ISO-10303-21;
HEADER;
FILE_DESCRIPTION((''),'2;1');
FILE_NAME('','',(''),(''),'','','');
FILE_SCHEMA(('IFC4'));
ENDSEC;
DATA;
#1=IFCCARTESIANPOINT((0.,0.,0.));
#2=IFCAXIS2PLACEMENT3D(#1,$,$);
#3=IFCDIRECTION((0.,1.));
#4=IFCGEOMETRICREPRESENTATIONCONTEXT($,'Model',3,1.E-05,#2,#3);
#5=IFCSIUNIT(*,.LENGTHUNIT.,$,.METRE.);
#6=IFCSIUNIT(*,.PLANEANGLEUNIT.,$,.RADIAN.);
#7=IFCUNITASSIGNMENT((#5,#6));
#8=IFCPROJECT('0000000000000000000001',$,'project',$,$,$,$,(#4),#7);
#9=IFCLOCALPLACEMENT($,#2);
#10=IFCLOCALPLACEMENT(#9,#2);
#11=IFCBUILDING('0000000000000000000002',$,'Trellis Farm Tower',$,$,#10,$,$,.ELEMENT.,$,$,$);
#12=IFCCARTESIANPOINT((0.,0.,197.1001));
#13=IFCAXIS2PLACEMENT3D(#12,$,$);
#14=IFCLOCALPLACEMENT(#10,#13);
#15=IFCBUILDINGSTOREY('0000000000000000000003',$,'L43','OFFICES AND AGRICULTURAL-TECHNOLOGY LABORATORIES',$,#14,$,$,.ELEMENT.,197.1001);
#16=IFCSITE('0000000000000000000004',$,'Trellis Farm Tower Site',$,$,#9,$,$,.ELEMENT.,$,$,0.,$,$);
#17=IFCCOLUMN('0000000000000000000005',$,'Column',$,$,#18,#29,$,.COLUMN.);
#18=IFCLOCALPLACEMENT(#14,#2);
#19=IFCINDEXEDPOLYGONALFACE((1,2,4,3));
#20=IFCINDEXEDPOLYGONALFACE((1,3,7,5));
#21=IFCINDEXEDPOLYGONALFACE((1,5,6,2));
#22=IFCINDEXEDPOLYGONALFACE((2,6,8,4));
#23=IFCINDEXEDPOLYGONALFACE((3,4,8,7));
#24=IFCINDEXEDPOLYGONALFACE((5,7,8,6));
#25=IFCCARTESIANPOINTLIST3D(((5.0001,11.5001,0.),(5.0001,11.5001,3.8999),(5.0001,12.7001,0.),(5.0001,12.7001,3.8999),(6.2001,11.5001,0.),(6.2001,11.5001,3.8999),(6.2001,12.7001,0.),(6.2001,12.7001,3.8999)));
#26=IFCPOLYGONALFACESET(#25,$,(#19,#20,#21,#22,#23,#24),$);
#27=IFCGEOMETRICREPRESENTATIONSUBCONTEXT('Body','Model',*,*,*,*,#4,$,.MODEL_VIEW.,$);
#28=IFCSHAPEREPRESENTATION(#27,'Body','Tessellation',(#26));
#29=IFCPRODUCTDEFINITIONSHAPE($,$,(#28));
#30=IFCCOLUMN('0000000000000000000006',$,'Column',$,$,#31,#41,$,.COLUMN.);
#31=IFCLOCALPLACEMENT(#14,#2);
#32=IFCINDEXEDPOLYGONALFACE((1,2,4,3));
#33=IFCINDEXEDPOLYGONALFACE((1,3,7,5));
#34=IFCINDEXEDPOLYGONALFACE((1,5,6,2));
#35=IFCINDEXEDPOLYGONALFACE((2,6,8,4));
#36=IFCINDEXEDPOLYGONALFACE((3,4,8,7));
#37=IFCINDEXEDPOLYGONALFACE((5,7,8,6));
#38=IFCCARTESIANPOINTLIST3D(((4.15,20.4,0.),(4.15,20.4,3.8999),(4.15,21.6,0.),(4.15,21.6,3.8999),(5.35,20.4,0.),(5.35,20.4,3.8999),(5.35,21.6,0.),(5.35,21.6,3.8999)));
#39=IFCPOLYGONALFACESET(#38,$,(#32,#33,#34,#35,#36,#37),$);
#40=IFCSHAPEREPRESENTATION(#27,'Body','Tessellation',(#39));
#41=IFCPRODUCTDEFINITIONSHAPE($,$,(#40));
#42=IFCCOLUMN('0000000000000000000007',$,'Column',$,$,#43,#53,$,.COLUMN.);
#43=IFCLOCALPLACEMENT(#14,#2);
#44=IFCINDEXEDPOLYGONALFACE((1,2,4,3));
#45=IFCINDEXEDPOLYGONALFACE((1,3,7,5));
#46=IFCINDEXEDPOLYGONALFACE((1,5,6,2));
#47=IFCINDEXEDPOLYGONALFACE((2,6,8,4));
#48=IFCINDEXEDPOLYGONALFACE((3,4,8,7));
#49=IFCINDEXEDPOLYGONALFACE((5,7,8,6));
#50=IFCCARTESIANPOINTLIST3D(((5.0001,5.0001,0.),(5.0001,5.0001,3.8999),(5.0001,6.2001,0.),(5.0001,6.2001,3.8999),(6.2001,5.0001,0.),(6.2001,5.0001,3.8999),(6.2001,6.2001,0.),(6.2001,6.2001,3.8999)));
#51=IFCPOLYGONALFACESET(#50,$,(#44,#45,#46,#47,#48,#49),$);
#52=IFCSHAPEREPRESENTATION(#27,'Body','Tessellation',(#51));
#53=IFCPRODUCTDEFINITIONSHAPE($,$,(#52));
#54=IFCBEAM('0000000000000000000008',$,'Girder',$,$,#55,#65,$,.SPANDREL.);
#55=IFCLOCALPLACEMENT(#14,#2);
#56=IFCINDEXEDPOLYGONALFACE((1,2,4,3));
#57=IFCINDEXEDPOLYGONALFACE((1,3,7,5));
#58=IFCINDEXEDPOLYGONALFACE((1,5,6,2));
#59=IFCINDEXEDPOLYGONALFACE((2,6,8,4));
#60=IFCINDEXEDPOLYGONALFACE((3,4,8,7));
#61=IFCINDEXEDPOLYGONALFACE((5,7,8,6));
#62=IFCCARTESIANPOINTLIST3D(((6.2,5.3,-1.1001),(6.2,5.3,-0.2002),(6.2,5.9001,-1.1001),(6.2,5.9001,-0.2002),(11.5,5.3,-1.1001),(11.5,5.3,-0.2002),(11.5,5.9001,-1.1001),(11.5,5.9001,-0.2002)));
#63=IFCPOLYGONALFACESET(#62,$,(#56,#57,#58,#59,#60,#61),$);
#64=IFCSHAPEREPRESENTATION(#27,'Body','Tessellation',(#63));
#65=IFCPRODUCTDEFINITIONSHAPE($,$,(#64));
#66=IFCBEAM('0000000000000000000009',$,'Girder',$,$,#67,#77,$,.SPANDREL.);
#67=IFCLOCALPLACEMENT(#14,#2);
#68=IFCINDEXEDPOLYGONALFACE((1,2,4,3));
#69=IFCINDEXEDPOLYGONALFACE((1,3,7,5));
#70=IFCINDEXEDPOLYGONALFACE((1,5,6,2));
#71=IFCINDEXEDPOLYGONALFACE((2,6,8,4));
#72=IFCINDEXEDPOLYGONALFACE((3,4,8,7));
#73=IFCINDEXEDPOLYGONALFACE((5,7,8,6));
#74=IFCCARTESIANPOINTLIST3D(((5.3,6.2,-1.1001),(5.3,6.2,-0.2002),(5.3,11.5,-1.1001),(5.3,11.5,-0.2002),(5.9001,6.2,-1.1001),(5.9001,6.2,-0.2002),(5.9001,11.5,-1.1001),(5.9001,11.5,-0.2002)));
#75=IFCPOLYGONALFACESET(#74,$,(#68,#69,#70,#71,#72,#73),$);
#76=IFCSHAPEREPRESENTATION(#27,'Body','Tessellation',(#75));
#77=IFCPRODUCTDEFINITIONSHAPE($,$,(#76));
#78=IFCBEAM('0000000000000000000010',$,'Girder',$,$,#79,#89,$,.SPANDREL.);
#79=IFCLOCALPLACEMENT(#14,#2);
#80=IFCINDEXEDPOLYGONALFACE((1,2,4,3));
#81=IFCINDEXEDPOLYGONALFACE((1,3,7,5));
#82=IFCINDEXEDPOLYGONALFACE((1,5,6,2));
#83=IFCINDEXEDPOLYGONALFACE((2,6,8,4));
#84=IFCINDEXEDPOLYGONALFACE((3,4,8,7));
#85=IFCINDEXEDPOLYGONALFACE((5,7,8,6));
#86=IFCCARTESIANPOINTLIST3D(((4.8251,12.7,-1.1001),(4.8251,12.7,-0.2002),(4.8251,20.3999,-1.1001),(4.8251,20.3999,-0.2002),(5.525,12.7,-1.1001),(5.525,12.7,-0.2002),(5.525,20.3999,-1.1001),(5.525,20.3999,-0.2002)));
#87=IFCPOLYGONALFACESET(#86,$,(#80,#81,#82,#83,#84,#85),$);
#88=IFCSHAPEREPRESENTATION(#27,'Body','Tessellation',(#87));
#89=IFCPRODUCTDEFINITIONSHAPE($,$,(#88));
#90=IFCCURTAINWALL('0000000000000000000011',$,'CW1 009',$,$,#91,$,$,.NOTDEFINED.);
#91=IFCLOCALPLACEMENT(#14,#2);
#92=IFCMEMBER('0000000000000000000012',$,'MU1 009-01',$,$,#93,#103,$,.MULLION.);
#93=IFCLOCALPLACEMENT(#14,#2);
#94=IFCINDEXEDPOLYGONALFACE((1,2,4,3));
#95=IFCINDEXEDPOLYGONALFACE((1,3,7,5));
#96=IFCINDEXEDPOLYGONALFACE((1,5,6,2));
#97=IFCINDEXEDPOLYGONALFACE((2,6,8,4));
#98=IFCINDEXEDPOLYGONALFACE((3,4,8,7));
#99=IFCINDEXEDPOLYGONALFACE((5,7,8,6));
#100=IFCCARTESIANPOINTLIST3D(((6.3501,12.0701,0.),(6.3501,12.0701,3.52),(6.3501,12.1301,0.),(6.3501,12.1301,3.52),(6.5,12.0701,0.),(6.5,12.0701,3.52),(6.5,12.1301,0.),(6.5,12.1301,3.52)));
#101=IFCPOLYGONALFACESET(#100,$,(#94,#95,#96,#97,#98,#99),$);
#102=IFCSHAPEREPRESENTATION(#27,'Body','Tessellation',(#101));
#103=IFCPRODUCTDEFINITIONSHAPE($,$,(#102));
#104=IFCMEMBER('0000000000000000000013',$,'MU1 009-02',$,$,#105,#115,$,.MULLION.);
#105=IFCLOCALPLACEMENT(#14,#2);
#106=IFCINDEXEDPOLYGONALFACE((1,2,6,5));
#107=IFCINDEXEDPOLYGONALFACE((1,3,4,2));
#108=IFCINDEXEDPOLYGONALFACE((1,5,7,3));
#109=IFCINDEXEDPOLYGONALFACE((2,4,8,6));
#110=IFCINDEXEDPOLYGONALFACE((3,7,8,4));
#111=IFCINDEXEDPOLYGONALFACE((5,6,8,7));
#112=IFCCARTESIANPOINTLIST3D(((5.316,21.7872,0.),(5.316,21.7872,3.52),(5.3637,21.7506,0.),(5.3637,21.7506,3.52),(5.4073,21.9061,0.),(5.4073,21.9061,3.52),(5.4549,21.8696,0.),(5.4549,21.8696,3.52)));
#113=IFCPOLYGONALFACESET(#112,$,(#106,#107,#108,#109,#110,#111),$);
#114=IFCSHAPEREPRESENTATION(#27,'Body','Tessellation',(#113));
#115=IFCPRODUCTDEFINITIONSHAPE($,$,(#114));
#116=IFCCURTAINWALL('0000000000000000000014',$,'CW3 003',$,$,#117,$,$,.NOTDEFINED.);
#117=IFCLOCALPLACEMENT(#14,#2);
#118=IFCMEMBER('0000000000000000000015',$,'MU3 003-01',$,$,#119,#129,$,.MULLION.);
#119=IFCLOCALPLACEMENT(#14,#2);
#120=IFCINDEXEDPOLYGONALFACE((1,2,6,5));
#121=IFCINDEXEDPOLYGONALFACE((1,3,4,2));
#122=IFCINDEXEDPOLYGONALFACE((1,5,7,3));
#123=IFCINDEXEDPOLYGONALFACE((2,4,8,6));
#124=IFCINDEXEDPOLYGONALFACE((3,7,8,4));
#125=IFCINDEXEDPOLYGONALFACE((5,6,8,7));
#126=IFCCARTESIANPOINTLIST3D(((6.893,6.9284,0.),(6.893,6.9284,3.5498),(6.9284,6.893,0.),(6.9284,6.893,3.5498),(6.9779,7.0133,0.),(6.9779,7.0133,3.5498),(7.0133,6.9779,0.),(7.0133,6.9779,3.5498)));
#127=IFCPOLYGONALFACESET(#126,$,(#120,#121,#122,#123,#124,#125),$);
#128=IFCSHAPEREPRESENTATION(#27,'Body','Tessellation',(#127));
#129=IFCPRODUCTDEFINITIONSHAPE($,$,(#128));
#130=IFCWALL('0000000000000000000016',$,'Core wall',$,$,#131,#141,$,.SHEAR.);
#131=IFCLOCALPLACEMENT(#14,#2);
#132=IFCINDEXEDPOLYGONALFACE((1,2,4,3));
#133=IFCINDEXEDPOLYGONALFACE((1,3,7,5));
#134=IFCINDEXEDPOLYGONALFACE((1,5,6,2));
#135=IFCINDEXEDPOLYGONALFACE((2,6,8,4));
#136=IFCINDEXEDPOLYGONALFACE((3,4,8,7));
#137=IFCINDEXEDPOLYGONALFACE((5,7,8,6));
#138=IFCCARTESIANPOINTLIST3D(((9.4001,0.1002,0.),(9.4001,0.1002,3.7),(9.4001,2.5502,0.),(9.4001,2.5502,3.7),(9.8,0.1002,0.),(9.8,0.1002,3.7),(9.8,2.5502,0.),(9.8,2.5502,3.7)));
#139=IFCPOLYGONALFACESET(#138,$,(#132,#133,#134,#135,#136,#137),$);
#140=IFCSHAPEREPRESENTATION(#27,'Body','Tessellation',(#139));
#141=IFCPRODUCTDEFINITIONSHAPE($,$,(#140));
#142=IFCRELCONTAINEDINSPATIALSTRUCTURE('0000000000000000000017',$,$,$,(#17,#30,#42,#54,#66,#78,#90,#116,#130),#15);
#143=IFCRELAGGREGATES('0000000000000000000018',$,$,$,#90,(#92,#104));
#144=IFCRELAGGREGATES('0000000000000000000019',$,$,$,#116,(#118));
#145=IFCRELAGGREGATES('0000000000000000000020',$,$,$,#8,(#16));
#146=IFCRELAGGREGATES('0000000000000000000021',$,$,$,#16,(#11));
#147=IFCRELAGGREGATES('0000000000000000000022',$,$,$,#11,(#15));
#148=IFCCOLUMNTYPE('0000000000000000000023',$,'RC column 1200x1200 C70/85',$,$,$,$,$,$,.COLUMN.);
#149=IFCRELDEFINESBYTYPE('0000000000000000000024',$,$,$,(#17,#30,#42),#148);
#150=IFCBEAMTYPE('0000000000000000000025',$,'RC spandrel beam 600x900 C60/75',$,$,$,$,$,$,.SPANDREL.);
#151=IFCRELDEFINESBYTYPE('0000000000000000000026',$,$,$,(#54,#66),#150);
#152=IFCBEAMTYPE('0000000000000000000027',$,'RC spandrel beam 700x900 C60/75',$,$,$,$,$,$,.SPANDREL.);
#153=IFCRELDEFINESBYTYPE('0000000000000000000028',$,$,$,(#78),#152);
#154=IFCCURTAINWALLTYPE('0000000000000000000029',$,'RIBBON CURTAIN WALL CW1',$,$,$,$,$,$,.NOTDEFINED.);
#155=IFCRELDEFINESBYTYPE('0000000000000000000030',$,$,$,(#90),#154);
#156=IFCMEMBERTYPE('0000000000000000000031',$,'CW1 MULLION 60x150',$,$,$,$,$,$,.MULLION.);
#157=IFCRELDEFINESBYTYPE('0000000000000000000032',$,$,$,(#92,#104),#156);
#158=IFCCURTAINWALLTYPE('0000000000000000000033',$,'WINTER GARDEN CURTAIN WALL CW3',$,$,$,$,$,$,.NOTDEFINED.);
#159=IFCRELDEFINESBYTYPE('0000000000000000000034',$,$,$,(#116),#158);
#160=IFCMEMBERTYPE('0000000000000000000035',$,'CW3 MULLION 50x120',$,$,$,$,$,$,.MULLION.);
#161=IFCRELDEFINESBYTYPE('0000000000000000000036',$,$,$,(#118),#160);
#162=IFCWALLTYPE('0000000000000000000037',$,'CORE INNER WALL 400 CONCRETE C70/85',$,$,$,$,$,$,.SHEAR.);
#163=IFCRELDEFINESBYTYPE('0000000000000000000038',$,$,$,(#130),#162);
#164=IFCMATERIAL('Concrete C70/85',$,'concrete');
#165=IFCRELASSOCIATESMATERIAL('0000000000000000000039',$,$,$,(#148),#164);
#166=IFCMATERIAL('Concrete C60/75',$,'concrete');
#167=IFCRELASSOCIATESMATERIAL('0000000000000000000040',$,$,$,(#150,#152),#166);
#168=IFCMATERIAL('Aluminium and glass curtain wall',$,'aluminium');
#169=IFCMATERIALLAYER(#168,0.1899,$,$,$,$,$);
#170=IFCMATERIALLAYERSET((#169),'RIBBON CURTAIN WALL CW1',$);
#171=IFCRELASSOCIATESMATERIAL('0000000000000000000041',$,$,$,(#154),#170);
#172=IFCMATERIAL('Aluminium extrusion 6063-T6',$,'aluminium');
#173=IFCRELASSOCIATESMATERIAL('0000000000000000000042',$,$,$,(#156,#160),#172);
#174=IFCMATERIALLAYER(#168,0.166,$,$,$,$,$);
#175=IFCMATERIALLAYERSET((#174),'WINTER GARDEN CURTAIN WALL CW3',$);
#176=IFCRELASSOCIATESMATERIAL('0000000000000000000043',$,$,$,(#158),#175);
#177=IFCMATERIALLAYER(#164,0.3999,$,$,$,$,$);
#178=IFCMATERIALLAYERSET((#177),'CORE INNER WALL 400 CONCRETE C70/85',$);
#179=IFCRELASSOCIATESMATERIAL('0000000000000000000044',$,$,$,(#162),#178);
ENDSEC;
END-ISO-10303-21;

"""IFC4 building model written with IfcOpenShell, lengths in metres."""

from ifc_helpers import new_model, si_unit, direction, frame, frame_2d, origin, origin_2d, place, context, subcontext, project, spatial, rectangle, extrude, source, transform, mapped, material, layer, layer_set, material_profile, profile_set, type_object, element, aggregate, save


model = new_model("IFC4")

# Units and contexts
model_context = context("Model", 3, precision=1e-05, world=origin(), true_north=direction((0.0, 1.0)))
body_context = subcontext(model_context, "Body", "Model", "MODEL_VIEW")
ifc_project = project(units=[si_unit("LENGTHUNIT", "METRE"), si_unit("PLANEANGLEUNIT", "RADIAN")], contexts=[model_context])

# Site, building, storey
site_placement = place(None, origin())
site = spatial("IfcSite", under=ifc_project, at=site_placement, Name="Trellis Farm Tower Site", CompositionType="ELEMENT", RefElevation=0.0)
building_placement = place(site_placement, origin())
building = spatial("IfcBuilding", under=site, at=building_placement, Name="Trellis Farm Tower", CompositionType="ELEMENT")
storey_placement = place(building_placement, frame((0.0, 0.0, 197.1001)))
storey = spatial("IfcBuildingStorey", under=building, at=storey_placement, Name="L43", Description="OFFICES AND AGRICULTURAL-TECHNOLOGY LABORATORIES", CompositionType="ELEMENT", Elevation=197.1001)

# Columns
ifc_material_1 = material(Name="Concrete C70/85", Category="concrete")
ifc_material_profile_1 = material_profile(ifc_material_1, rectangle(XDim=1.2, YDim=1.2, at=origin_2d()), Name="RC column 1200x1200 C70/85")
ifc_profile_set_1 = profile_set([ifc_material_profile_1], Name="Concrete C70/85")
column_type = type_object("IfcColumnType", Name="RC column 1200x1200 C70/85", PredefinedType="COLUMN", material=ifc_profile_set_1)
shared_shape_1 = source(origin(), body_context, "Body", "SweptSolid", [
    extrude(rectangle(XDim=1.2, YDim=1.2, at=origin_2d()), origin(), (0.0, 0.0, 1.0), 3.8999),
])
for number, where, z_axis, x_axis, name in (
    (1, (5.6001, 12.1001, 0.0), (0.0, 0.0, 1.0), (1.0, 0.0, 0.0), "Column"),
    (2, (4.75, 21.0, 0.0), (0.0, 0.0, 1.0), (1.0, 0.0, 0.0), "Column"),
    (3, (5.6001, 5.6001, 0.0), (0.0, 0.0, 1.0), (1.0, 0.0, 0.0), "Column"),
):
    element("IfcColumn", number, at=place(storey_placement, frame(where, z_axis=z_axis, x_axis=x_axis)), inside=storey, type_object=column_type, Name=name, PredefinedType="COLUMN", context=body_context, shape_type="MappedRepresentation", body=[
        mapped(shared_shape_1, transform((0.0, 0.0, 0.0))),
    ])

# Beams
ifc_material_2 = material(Name="Concrete C60/75", Category="concrete")
ifc_material_profile_2 = material_profile(ifc_material_2, rectangle(XDim=0.6001, YDim=0.8999, at=origin_2d()), Name="RC spandrel beam 600x900 C60/75")
ifc_profile_set_2 = profile_set([ifc_material_profile_2], Name="Concrete C60/75")
beam_type_1 = type_object("IfcBeamType", Name="RC spandrel beam 600x900 C60/75", PredefinedType="SPANDREL", material=ifc_profile_set_2)
shared_shape_2 = source(origin(), body_context, "Body", "SweptSolid", [
    extrude(rectangle(XDim=0.6001, YDim=0.8999, at=origin_2d()), origin(), (0.0, 0.0, 1.0), 5.3),
])
for number, where, z_axis, x_axis, name in (
    (4, (6.2, 5.6001, -0.6501), (1.0, 0.0, 0.0), (0.0, 1.0, 0.0), "Girder"),
    (5, (5.6001, 6.2, -0.6501), (0.0, 1.0, 0.0), (-1.0, 0.0, 0.0), "Girder"),
):
    element("IfcBeam", number, at=place(storey_placement, frame(where, z_axis=z_axis, x_axis=x_axis)), inside=storey, type_object=beam_type_1, Name=name, PredefinedType="SPANDREL", context=body_context, shape_type="MappedRepresentation", body=[
        mapped(shared_shape_2, transform((0.0, 0.0, 0.0))),
    ])
ifc_material_profile_3 = material_profile(ifc_material_2, rectangle(XDim=0.7, YDim=0.8999, at=origin_2d()), Name="RC spandrel beam 700x900 C60/75")
ifc_profile_set_3 = profile_set([ifc_material_profile_3], Name="Concrete C60/75")
beam_type_2 = type_object("IfcBeamType", Name="RC spandrel beam 700x900 C60/75", PredefinedType="SPANDREL", material=ifc_profile_set_3)
shared_shape_3 = source(origin(), body_context, "Body", "SweptSolid", [
    extrude(rectangle(XDim=0.7, YDim=0.8999, at=origin_2d()), origin(), (0.0, 0.0, 1.0), 7.7),
])
beam_placement = place(storey_placement, frame((5.175, 12.7, -0.6501), z_axis=(0.0, 1.0, 0.0), x_axis=(-1.0, 0.0, 0.0)))
element("IfcBeam", 6, at=beam_placement, inside=storey, type_object=beam_type_2, Name="Girder", PredefinedType="SPANDREL", context=body_context, shape_type="MappedRepresentation", body=[
    mapped(shared_shape_3, transform((0.0, 0.0, 0.0))),
])

# Curtain wall, members
ifc_material_3 = material(Name="Aluminium and glass curtain wall", Category="aluminium")
ifc_layer_1 = layer(ifc_material_3, 0.1899)
ifc_layer_set_1 = layer_set([ifc_layer_1], Name="RIBBON CURTAIN WALL CW1")
curtain_wall_type_1 = type_object("IfcCurtainWallType", Name="RIBBON CURTAIN WALL CW1", PredefinedType="NOTDEFINED", material=ifc_layer_set_1)
placement = place(storey_placement, origin())
curtain_wall_1 = element("IfcCurtainWall", 7, at=placement, inside=storey, type_object=curtain_wall_type_1, Name="CW1 009", PredefinedType="NOTDEFINED")
ifc_material_4 = material(Name="Aluminium extrusion 6063-T6", Category="aluminium")
ifc_material_profile_4 = material_profile(ifc_material_4, rectangle(XDim=0.0601, YDim=0.1499, at=origin_2d()), Name="MULLION 60x150")
ifc_profile_set_4 = profile_set([ifc_material_profile_4], Name="Aluminium extrusion 6063-T6")
member_type_1 = type_object("IfcMemberType", Name="CW1 MULLION 60x150", PredefinedType="MULLION", material=ifc_profile_set_4)
shared_shape_4 = source(origin(), body_context, "Body", "SweptSolid", [
    extrude(rectangle(XDim=0.0601, YDim=0.1499, at=origin_2d()), origin(), (0.0, 0.0, 1.0), 3.52),
])
member_1_placement = place(storey_placement, frame((6.425, 12.1001, 0.0), z_axis=(0.0, 0.0, 1.0), x_axis=(0.0, 1.0, 0.0)))
member_1 = element("IfcMember", 8, at=member_1_placement, type_object=member_type_1, Name="MU1 009-01", PredefinedType="MULLION", context=body_context, shape_type="MappedRepresentation", body=[
    mapped(shared_shape_4, transform((0.0, 0.0, 0.0))),
])
member_2_placement = place(storey_placement, frame((5.3855, 21.8284, 0.0), z_axis=(0.0, 0.0, 1.0), x_axis=(-0.793353, 0.608761, 0.0)))
member_2 = element("IfcMember", 9, at=member_2_placement, type_object=member_type_1, Name="MU1 009-02", PredefinedType="MULLION", context=body_context, shape_type="MappedRepresentation", body=[
    mapped(shared_shape_4, transform((0.0, 0.0, 0.0))),
])
aggregate(curtain_wall_1, [member_1, member_2])

# Curtain wall, member
ifc_layer_2 = layer(ifc_material_3, 0.166)
ifc_layer_set_2 = layer_set([ifc_layer_2], Name="WINTER GARDEN CURTAIN WALL CW3")
curtain_wall_type_2 = type_object("IfcCurtainWallType", Name="WINTER GARDEN CURTAIN WALL CW3", PredefinedType="NOTDEFINED", material=ifc_layer_set_2)
curtain_wall_2 = element("IfcCurtainWall", 10, at=placement, inside=storey, type_object=curtain_wall_type_2, Name="CW3 003", PredefinedType="NOTDEFINED")
ifc_material_profile_5 = material_profile(ifc_material_4, rectangle(XDim=0.05, YDim=0.1201, at=origin_2d()), Name="MULLION 50x120")
ifc_profile_set_5 = profile_set([ifc_material_profile_5], Name="Aluminium extrusion 6063-T6")
member_type_2 = type_object("IfcMemberType", Name="CW3 MULLION 50x120", PredefinedType="MULLION", material=ifc_profile_set_5)
shared_shape_5 = source(origin(), body_context, "Body", "SweptSolid", [
    extrude(rectangle(XDim=0.05, YDim=0.1201, at=origin_2d()), origin(), (0.0, 0.0, 1.0), 3.5498),
])
member_3_placement = place(storey_placement, frame((6.9531, 6.9531, 0.0), z_axis=(0.0, 0.0, 1.0), x_axis=(-0.707107, 0.707107, 0.0)))
member_3 = element("IfcMember", 11, at=member_3_placement, type_object=member_type_2, Name="MU3 003-01", PredefinedType="MULLION", context=body_context, shape_type="MappedRepresentation", body=[
    mapped(shared_shape_5, transform((0.0, 0.0, 0.0))),
])
aggregate(curtain_wall_2, [member_3])

# Wall
ifc_layer_3 = layer(ifc_material_1, 0.3999)
ifc_layer_set_3 = layer_set([ifc_layer_3], Name="CORE INNER WALL 400 CONCRETE C70/85")
wall_type_1 = type_object("IfcWallType", Name="CORE INNER WALL 400 CONCRETE C70/85", PredefinedType="SHEAR", material=ifc_layer_set_3)
shared_shape_6 = source(origin(), body_context, "Body", "SweptSolid", [
    extrude(rectangle(XDim=2.45, YDim=0.3999, at=frame_2d((1.2251, 0.0))), origin(), (0.0, 0.0, 1.0), 3.7),
])
wall_1_placement = place(storey_placement, frame((9.6001, 0.1001, 0.0), z_axis=(0.0, 0.0, 1.0), x_axis=(0.0, 1.0, 0.0)))
element("IfcWall", 12, at=wall_1_placement, inside=storey, type_object=wall_type_1, Name="Core wall", PredefinedType="SHEAR", context=body_context, shape_type="MappedRepresentation", body=[
    mapped(shared_shape_6, transform((0.0, 0.0, 0.0))),
])

save(model, "model.ifc")
